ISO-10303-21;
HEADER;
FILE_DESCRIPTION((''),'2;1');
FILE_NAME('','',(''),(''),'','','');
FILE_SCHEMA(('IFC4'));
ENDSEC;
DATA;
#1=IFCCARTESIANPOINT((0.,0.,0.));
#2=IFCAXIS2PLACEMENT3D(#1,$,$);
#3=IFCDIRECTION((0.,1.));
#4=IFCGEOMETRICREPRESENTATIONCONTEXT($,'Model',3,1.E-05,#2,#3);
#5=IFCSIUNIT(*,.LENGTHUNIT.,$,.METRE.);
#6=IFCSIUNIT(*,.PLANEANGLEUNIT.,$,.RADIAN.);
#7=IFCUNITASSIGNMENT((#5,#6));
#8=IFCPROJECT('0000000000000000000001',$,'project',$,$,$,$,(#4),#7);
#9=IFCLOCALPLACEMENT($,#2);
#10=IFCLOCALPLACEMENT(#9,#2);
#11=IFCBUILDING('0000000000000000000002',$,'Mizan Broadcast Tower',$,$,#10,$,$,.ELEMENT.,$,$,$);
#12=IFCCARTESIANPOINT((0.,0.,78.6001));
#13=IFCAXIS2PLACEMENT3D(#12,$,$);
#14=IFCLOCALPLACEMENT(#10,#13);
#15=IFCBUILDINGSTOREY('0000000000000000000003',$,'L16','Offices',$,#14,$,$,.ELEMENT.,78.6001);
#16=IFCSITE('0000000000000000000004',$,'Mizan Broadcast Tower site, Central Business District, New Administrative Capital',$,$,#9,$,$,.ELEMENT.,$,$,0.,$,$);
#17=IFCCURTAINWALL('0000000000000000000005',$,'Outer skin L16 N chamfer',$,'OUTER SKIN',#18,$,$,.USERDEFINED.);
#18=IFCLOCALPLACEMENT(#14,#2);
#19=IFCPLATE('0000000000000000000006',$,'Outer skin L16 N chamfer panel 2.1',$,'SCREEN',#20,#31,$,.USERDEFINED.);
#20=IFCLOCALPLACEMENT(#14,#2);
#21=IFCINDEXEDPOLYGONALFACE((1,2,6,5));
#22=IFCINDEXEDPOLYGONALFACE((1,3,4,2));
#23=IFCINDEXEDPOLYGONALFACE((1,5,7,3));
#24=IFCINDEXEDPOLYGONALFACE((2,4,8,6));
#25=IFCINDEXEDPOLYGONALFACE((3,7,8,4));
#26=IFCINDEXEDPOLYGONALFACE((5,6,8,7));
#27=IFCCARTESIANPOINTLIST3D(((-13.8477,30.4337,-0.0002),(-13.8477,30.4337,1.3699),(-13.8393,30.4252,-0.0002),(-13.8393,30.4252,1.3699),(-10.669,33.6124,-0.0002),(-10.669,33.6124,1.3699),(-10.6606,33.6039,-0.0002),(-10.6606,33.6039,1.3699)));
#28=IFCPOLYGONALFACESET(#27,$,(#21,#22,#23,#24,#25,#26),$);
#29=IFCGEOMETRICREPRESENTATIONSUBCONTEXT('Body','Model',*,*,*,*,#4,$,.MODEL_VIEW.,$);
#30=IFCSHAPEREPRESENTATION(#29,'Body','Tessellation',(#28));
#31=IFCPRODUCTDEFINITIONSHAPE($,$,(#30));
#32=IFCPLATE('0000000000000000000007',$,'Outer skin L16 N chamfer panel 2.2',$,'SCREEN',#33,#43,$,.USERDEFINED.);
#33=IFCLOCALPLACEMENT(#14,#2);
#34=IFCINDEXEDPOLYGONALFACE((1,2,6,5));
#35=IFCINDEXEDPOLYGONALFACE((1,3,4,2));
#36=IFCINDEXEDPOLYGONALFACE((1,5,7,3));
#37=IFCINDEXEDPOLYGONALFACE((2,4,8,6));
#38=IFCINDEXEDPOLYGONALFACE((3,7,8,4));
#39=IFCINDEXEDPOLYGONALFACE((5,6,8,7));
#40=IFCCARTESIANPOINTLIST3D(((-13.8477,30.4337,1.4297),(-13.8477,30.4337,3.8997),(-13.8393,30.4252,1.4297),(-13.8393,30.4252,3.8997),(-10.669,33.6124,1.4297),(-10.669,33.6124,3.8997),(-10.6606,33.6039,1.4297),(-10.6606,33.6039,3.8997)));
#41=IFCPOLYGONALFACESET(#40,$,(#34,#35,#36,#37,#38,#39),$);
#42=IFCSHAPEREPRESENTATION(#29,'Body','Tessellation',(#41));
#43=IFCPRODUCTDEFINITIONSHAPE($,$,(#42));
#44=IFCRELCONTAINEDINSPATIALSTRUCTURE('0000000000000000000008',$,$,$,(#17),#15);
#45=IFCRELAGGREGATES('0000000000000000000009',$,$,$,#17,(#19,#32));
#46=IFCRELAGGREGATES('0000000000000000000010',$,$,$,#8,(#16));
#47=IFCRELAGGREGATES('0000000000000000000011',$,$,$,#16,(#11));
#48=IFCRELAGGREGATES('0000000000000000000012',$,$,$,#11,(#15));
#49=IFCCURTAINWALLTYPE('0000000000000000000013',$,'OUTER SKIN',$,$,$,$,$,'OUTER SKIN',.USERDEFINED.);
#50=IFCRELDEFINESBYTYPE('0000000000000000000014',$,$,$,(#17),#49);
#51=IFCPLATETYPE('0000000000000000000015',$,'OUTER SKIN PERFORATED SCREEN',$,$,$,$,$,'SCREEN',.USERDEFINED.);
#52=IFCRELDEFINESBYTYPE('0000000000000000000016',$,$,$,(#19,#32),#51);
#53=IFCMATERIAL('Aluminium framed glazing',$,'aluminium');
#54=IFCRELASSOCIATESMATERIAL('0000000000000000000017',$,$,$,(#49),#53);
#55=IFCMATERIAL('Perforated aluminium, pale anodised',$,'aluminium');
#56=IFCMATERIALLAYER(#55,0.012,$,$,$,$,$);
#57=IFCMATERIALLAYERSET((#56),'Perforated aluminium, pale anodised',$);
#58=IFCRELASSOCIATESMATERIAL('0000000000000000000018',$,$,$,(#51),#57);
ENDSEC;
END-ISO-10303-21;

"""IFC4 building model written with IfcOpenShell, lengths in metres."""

from ifc_helpers import new_model, si_unit, direction, frame, origin, origin_2d, place, context, subcontext, project, spatial, rectangle, extrude, material, layer, layer_set, type_object, element, aggregate, save


model = new_model("IFC4")

# Units and contexts
model_context = context("Model", 3, precision=1e-05, world=origin(), true_north=direction((0.0, 1.0)))
body_context = subcontext(model_context, "Body", "Model", "MODEL_VIEW")
ifc_project = project(units=[si_unit("LENGTHUNIT", "METRE"), si_unit("PLANEANGLEUNIT", "RADIAN")], contexts=[model_context])

# Site, building, storey
site_placement = place(None, origin())
site = spatial("IfcSite", under=ifc_project, at=site_placement, Name="Mizan Broadcast Tower site, Central Business District, New Administrative Capital", CompositionType="ELEMENT", RefElevation=0.0)
building_placement = place(site_placement, origin())
building = spatial("IfcBuilding", under=site, at=building_placement, Name="Mizan Broadcast Tower", CompositionType="ELEMENT")
storey_placement = place(building_placement, frame((0.0, 0.0, 78.6001)))
storey = spatial("IfcBuildingStorey", under=building, at=storey_placement, Name="L16", Description="Offices", CompositionType="ELEMENT", Elevation=78.6001)

# Curtain wall
ifc_material_1 = material(Name="Aluminium framed glazing", Category="aluminium")
curtain_wall_type_1 = type_object("IfcCurtainWallType", Name="OUTER SKIN", ElementType="OUTER SKIN", PredefinedType="USERDEFINED", material=ifc_material_1)
curtain_wall_1_placement = place(storey_placement, origin())
curtain_wall_1 = element("IfcCurtainWall", 1, at=curtain_wall_1_placement, inside=storey, type_object=curtain_wall_type_1, Name="Outer skin L16 N chamfer", ObjectType="OUTER SKIN", PredefinedType="USERDEFINED")

# Plates
ifc_material_2 = material(Name="Perforated aluminium, pale anodised", Category="aluminium")
ifc_layer_1 = layer(ifc_material_2, 0.012)
ifc_layer_set_1 = layer_set([ifc_layer_1], Name="Perforated aluminium, pale anodised")
plate_type_1 = type_object("IfcPlateType", Name="OUTER SKIN PERFORATED SCREEN", ElementType="SCREEN", PredefinedType="USERDEFINED", material=ifc_layer_set_1)
plate_1_placement = place(storey_placement, frame((-12.2542, 32.0188, -0.0002), z_axis=(0.0, 0.0, 1.0), x_axis=(-0.707107, -0.707107, 0.0)))
plate_1 = element("IfcPlate", 2, at=plate_1_placement, type_object=plate_type_1, Name="Outer skin L16 N chamfer panel 2.1", ObjectType="SCREEN", PredefinedType="USERDEFINED", context=body_context, shape_type="SweptSolid", body=[
    extrude(rectangle(XDim=4.4954, YDim=0.012, at=origin_2d()), origin(), (0.0, 0.0, 1.0), 1.3701),
])
plate_2_placement = place(storey_placement, frame((-12.2542, 32.0188, 1.4297), z_axis=(0.0, 0.0, 1.0), x_axis=(-0.707107, -0.707107, 0.0)))
plate_2 = element("IfcPlate", 3, at=plate_2_placement, type_object=plate_type_1, Name="Outer skin L16 N chamfer panel 2.2", ObjectType="SCREEN", PredefinedType="USERDEFINED", context=body_context, shape_type="SweptSolid", body=[
    extrude(rectangle(XDim=4.4954, YDim=0.012, at=origin_2d()), origin(), (0.0, 0.0, 1.0), 2.47),
])
aggregate(curtain_wall_1, [plate_1, plate_2])

save(model, "model.ifc")
